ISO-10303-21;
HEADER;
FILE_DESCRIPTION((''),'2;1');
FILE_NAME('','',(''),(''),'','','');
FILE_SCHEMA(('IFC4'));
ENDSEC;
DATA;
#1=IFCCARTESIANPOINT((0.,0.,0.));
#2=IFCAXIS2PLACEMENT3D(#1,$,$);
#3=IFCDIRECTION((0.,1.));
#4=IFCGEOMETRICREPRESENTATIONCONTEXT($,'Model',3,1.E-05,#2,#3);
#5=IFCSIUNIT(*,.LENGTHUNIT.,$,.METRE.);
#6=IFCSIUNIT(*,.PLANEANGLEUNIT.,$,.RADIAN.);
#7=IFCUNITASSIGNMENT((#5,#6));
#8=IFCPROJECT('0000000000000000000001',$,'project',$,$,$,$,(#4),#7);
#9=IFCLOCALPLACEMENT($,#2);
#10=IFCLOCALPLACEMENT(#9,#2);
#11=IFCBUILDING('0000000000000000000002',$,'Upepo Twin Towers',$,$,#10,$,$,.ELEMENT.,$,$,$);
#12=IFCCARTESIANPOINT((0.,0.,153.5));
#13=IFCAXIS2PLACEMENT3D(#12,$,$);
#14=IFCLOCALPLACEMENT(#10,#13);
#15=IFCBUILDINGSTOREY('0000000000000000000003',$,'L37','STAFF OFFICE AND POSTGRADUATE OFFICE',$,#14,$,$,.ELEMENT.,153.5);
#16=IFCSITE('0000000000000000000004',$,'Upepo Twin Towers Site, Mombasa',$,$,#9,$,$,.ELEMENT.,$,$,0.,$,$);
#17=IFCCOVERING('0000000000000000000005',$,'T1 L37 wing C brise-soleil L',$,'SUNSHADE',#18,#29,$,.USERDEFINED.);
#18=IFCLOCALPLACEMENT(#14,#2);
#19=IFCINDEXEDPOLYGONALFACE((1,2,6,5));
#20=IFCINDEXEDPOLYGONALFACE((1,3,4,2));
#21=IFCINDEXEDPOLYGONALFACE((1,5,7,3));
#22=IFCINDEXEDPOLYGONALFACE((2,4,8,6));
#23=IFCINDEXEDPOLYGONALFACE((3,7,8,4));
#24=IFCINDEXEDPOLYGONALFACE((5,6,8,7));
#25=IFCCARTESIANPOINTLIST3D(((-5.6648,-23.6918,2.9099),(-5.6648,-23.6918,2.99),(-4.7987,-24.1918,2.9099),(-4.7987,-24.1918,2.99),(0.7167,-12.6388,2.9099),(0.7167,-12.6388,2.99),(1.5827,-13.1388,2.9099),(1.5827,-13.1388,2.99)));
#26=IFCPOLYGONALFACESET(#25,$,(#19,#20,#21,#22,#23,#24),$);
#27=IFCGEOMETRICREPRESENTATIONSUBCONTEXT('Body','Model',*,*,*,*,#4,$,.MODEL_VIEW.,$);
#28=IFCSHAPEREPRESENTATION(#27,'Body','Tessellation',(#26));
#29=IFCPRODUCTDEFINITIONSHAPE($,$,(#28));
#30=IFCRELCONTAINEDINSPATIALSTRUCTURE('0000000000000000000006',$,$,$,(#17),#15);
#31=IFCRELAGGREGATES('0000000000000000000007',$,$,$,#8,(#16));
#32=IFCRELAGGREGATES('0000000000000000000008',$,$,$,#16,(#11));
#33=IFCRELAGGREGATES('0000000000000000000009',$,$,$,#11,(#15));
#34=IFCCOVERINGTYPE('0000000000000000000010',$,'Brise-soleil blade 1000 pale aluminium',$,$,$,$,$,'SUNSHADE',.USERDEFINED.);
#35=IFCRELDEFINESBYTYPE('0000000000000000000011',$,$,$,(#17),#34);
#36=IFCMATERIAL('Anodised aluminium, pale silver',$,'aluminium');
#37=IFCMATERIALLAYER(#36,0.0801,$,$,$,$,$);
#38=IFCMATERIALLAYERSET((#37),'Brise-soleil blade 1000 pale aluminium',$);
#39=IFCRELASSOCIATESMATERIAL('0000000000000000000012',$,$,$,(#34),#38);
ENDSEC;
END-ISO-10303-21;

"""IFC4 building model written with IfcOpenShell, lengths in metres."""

from ifc_helpers import new_model, si_unit, direction, frame, origin, origin_2d, place, context, subcontext, project, spatial, rectangle, extrude, material, layer, layer_set, type_object, element, save


model = new_model("IFC4")

# Units and contexts
model_context = context("Model", 3, precision=1e-05, world=origin(), true_north=direction((0.0, 1.0)))
body_context = subcontext(model_context, "Body", "Model", "MODEL_VIEW")
ifc_project = project(units=[si_unit("LENGTHUNIT", "METRE"), si_unit("PLANEANGLEUNIT", "RADIAN")], contexts=[model_context])

# Site, building, storey
site_placement = place(None, origin())
site = spatial("IfcSite", under=ifc_project, at=site_placement, Name="Upepo Twin Towers Site, Mombasa", CompositionType="ELEMENT", RefElevation=0.0)
building_placement = place(site_placement, origin())
building = spatial("IfcBuilding", under=site, at=building_placement, Name="Upepo Twin Towers", CompositionType="ELEMENT")
storey_placement = place(building_placement, frame((0.0, 0.0, 153.5)))
storey = spatial("IfcBuildingStorey", under=building, at=storey_placement, Name="L37", Description="STAFF OFFICE AND POSTGRADUATE OFFICE", CompositionType="ELEMENT", Elevation=153.5)

# Covering
ifc_material_1 = material(Name="Anodised aluminium, pale silver", Category="aluminium")
ifc_layer_1 = layer(ifc_material_1, 0.0801)
ifc_layer_set_1 = layer_set([ifc_layer_1], Name="Brise-soleil blade 1000 pale aluminium")
covering_type = type_object("IfcCoveringType", Name="Brise-soleil blade 1000 pale aluminium", ElementType="SUNSHADE", PredefinedType="USERDEFINED", material=ifc_layer_set_1)
covering_placement = place(storey_placement, frame((-2.041, -18.4153, 2.9099), z_axis=(0.0, 0.0, 1.0), x_axis=(-0.5, -0.866025, 0.0)))
element("IfcCovering", 1, at=covering_placement, inside=storey, type_object=covering_type, Name="T1 L37 wing C brise-soleil L", ObjectType="SUNSHADE", PredefinedType="USERDEFINED", context=body_context, shape_type="SweptSolid", body=[
    extrude(rectangle(XDim=12.7629, YDim=1.0, at=origin_2d()), origin(), (0.0, 0.0, 1.0), 0.0801),
])

save(model, "model.ifc")
